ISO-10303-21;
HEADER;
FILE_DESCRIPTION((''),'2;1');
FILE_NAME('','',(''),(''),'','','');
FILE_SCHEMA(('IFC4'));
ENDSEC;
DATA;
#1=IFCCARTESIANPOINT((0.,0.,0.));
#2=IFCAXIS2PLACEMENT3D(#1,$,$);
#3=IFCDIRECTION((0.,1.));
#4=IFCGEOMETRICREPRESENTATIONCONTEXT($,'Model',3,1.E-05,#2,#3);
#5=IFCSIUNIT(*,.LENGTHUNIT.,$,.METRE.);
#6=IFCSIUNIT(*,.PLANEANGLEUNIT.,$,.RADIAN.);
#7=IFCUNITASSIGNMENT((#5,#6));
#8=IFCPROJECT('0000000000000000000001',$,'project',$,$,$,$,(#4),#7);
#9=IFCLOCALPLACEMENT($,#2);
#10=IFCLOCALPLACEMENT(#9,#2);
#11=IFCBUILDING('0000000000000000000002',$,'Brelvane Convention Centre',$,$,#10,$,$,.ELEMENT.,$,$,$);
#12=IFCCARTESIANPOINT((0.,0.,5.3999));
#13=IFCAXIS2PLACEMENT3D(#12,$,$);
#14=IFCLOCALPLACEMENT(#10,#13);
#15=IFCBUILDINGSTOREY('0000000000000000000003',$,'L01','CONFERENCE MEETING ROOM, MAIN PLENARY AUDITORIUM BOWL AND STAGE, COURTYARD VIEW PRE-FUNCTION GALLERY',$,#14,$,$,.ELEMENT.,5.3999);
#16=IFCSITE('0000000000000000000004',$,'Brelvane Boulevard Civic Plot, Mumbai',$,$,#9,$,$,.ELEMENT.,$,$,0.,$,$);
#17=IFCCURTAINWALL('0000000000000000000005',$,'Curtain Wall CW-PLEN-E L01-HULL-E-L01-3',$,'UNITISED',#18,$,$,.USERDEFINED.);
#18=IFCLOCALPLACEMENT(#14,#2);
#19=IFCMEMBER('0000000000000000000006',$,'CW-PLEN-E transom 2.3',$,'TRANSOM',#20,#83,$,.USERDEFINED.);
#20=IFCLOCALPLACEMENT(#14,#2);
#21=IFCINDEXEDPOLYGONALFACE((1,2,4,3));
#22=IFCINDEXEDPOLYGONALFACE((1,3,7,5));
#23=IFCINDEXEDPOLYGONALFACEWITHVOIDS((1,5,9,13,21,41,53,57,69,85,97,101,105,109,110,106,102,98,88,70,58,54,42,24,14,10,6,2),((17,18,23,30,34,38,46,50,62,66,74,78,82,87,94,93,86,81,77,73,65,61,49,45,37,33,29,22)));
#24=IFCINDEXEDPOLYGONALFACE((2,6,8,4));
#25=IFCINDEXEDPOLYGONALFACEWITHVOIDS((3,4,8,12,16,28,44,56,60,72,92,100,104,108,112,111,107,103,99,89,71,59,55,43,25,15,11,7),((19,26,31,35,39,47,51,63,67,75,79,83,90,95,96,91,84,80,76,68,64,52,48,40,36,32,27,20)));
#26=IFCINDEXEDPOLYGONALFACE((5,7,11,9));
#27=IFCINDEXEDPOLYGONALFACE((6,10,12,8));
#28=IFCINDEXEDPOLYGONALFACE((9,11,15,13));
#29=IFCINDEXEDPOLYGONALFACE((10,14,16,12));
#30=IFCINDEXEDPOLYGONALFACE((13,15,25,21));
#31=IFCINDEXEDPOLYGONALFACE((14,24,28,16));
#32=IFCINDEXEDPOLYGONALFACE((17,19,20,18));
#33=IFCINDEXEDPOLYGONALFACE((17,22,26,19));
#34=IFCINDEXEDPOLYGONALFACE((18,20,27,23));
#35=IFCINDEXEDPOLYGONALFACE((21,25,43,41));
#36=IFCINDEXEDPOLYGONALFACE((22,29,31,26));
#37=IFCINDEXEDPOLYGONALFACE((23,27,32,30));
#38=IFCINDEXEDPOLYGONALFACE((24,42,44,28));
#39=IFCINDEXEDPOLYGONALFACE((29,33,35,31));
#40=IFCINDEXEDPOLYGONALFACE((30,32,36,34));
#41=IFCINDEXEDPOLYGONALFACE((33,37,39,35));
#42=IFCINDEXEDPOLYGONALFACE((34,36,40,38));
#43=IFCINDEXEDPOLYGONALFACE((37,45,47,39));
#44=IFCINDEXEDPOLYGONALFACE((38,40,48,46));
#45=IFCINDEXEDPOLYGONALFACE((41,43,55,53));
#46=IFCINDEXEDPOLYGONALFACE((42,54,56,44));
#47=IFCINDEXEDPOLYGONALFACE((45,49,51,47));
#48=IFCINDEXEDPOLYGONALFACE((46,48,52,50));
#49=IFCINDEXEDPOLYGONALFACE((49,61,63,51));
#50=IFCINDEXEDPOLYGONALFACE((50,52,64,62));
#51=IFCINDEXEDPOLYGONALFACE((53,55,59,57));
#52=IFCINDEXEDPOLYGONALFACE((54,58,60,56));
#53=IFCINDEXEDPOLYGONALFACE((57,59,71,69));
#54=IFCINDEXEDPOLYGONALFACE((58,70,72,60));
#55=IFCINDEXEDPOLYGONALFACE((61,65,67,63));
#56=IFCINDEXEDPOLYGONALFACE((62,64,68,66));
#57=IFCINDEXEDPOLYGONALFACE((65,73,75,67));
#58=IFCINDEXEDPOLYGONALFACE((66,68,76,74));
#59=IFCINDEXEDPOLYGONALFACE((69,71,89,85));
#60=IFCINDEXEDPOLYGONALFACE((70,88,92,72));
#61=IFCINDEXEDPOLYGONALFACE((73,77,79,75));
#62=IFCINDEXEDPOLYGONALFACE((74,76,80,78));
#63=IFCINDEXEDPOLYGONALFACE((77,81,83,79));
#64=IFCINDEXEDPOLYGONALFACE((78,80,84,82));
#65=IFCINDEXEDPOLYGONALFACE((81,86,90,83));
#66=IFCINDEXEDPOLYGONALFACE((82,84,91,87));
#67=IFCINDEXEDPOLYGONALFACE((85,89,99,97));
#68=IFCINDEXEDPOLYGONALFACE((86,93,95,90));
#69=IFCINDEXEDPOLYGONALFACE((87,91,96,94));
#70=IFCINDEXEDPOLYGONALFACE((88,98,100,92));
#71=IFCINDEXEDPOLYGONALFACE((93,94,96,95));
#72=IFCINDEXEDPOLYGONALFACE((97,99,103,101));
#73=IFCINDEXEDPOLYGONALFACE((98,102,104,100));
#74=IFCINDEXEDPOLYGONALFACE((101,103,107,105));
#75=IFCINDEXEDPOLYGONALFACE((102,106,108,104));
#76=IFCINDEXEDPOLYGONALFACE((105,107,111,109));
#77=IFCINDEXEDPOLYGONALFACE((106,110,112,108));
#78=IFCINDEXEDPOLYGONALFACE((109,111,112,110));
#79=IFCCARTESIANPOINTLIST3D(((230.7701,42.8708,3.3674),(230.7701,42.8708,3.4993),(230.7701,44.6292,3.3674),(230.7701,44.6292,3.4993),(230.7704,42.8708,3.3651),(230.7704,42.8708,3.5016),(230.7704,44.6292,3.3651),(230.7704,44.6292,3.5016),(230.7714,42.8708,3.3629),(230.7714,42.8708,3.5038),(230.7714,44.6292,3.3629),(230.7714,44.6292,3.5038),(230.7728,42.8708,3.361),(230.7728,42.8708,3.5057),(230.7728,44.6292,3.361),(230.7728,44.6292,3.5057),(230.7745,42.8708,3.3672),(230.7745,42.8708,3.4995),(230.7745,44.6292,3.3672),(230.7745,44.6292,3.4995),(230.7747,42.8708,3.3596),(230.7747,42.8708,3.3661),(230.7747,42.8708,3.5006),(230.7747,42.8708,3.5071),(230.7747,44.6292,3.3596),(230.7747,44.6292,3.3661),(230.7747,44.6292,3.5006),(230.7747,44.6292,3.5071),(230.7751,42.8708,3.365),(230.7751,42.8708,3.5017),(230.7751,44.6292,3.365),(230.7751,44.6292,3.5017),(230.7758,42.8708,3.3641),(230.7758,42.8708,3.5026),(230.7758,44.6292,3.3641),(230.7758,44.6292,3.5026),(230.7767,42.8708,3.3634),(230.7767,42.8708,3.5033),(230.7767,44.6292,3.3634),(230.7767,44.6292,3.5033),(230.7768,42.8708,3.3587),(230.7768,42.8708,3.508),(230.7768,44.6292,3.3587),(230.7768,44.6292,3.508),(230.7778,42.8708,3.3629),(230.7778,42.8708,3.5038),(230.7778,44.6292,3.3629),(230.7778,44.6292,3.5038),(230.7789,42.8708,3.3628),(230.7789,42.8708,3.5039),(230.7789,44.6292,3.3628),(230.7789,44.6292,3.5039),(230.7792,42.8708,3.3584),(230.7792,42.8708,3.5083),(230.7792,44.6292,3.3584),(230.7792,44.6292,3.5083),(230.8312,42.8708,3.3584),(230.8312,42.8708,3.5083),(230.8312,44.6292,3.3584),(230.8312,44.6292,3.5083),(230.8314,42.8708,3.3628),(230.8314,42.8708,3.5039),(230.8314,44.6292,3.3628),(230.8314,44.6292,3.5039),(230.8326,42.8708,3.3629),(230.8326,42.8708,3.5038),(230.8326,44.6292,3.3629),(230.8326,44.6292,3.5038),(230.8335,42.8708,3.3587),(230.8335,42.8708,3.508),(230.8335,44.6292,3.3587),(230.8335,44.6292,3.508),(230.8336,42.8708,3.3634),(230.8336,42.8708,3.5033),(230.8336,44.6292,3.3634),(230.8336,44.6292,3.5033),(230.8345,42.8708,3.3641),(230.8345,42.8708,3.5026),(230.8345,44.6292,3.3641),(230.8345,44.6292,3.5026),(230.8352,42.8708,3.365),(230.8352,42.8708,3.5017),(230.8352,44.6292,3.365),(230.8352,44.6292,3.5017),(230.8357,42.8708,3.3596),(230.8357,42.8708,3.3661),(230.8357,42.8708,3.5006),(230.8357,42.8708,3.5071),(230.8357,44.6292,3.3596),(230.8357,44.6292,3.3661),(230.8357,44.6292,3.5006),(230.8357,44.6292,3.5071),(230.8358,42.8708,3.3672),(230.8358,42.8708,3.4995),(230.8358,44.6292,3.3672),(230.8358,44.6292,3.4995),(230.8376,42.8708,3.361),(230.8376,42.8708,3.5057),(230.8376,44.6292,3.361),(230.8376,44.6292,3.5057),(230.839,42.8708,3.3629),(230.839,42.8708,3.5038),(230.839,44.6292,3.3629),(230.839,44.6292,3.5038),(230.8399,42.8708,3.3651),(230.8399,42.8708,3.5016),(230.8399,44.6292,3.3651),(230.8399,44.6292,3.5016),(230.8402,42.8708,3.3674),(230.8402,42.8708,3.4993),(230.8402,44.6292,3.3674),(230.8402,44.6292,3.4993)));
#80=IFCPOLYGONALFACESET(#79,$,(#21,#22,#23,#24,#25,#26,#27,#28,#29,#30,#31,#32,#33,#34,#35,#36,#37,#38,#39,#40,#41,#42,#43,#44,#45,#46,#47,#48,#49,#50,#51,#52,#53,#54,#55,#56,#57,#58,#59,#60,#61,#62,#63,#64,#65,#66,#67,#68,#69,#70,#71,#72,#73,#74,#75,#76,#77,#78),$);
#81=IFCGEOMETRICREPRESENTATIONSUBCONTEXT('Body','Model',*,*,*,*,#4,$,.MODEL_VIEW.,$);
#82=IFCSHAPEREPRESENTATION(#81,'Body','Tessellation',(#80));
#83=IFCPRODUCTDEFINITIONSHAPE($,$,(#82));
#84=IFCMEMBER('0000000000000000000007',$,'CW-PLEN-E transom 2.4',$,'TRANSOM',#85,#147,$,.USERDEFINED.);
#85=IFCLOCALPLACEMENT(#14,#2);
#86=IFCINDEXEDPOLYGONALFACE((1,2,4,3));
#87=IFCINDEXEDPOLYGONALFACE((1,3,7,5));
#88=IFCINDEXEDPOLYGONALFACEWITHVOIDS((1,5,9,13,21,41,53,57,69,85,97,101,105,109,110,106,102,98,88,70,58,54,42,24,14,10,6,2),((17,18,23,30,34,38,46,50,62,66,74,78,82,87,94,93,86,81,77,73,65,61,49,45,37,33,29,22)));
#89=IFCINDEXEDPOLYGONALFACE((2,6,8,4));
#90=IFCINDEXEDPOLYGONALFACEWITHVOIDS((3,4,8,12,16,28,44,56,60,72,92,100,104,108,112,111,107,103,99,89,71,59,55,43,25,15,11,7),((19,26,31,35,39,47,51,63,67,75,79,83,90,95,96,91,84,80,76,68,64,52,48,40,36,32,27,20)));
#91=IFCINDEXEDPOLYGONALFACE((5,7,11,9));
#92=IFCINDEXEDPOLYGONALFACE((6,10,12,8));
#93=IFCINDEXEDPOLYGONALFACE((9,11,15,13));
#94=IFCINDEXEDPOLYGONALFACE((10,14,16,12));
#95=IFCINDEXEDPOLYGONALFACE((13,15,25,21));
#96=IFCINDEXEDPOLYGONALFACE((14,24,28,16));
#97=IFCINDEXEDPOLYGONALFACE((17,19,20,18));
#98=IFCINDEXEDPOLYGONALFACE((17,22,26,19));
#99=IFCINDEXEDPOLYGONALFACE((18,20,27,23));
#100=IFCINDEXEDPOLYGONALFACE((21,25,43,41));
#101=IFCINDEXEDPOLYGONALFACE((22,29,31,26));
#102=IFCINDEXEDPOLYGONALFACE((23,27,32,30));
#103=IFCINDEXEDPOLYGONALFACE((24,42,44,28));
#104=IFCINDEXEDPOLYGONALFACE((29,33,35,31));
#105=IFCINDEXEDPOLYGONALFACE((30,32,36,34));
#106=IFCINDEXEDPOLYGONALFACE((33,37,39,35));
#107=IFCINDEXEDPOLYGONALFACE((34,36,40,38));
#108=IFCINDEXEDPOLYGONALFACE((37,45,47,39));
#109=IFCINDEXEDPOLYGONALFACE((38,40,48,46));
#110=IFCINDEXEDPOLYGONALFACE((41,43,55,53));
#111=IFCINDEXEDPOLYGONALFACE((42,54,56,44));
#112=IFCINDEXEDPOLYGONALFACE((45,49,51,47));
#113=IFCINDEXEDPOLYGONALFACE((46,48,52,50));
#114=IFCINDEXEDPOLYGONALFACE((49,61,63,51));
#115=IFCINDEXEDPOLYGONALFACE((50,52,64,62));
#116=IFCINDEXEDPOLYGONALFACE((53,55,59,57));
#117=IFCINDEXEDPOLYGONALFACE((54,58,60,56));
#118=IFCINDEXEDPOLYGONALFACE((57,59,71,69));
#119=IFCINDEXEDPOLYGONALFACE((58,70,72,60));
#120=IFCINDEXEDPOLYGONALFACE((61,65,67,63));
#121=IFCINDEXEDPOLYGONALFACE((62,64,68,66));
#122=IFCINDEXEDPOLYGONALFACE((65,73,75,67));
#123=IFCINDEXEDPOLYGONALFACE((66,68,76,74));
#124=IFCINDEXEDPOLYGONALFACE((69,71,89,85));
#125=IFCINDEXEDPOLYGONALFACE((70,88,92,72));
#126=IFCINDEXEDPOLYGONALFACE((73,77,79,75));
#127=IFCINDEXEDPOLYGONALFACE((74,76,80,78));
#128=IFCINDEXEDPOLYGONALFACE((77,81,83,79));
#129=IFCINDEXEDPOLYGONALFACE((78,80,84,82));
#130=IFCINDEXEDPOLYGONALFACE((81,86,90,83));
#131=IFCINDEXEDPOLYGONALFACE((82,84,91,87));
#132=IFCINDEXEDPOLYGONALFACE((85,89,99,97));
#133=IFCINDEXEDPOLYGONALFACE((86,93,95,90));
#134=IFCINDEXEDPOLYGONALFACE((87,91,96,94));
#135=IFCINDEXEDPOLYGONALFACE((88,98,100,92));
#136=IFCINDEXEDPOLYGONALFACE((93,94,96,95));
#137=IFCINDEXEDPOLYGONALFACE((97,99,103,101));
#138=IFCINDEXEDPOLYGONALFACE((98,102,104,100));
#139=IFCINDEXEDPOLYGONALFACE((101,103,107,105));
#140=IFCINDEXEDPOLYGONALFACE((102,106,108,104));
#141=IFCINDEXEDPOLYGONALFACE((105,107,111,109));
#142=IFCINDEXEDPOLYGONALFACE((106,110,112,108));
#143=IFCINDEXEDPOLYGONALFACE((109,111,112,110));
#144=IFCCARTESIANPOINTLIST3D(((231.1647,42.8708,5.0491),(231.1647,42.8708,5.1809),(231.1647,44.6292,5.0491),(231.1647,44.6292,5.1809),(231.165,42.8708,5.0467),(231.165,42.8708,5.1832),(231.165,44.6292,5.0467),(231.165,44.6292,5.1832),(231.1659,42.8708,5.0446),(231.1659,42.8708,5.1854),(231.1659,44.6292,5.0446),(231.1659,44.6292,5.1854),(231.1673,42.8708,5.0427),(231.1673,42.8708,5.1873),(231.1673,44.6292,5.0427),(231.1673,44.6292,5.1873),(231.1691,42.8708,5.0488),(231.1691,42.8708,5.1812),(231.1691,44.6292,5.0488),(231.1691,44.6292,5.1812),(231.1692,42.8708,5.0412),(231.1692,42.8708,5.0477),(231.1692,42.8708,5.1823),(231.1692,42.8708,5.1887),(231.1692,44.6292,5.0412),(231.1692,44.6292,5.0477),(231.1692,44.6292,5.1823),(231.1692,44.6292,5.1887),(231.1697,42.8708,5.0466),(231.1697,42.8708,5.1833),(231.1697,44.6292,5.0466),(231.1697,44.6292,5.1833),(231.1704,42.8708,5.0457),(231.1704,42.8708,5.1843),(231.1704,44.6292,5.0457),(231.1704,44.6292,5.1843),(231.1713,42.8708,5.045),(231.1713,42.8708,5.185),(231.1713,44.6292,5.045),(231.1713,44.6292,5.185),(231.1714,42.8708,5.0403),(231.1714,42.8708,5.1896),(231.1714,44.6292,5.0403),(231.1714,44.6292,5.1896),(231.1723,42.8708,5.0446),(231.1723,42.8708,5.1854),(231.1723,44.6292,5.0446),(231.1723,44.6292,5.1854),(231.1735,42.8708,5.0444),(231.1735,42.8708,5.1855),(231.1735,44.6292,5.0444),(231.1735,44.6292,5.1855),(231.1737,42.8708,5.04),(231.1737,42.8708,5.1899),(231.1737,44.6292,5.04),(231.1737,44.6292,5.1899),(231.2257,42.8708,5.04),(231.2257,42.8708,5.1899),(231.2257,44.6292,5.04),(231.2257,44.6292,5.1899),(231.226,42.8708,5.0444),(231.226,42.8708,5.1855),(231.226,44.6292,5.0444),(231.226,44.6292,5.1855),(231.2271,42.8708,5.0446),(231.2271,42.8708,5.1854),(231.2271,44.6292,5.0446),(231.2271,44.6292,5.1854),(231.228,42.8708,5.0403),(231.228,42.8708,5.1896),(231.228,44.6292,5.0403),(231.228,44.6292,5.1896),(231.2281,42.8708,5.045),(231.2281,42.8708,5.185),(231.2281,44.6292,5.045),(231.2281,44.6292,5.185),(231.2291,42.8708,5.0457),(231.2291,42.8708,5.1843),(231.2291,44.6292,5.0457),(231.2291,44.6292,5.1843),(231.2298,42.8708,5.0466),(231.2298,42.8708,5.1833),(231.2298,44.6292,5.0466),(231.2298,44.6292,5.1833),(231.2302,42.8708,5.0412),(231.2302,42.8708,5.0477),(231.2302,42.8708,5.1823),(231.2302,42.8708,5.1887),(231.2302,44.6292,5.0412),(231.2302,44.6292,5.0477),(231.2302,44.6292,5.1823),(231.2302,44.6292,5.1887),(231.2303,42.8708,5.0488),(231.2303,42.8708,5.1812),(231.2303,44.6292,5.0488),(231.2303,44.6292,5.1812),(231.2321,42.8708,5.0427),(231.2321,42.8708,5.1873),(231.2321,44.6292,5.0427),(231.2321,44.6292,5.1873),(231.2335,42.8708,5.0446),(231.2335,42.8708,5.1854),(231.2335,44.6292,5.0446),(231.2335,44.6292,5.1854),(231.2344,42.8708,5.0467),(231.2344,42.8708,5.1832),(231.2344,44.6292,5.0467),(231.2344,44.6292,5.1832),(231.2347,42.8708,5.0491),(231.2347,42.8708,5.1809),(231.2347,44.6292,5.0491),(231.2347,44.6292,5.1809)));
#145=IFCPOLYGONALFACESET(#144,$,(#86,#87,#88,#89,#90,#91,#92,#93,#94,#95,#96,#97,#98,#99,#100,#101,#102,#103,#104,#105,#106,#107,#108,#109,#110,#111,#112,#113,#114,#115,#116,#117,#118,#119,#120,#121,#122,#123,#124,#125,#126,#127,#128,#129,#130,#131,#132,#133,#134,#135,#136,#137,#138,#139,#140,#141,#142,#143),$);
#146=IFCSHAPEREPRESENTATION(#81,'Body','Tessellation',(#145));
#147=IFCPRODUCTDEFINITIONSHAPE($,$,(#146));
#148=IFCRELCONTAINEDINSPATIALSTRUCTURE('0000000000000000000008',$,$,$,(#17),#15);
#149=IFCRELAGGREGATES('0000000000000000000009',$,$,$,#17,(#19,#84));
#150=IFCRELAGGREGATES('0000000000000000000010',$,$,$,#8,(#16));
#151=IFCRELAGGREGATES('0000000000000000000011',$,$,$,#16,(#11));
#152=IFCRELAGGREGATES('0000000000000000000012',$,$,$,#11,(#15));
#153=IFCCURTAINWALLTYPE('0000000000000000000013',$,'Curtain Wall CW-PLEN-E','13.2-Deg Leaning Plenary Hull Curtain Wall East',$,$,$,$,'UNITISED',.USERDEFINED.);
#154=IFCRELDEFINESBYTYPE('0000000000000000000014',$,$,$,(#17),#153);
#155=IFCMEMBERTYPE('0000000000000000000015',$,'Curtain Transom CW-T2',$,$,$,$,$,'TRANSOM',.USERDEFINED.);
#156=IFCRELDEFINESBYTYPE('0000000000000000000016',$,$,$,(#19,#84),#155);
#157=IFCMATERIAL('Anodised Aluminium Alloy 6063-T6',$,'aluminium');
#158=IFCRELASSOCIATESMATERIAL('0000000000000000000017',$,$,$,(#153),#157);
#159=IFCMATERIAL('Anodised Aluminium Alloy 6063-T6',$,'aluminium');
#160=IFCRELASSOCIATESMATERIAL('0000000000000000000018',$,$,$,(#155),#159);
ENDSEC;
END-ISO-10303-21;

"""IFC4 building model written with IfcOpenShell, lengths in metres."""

from ifc_helpers import new_model, si_unit, direction, frame, origin, origin_2d, place, context, subcontext, project, spatial, hollow_rectangle, extrude, material, material_profile, profile_set, type_object, element, aggregate, save


model = new_model("IFC4")

# Units and contexts
model_context = context("Model", 3, precision=1e-05, world=origin(), true_north=direction((0.0, 1.0)))
body_context = subcontext(model_context, "Body", "Model", "MODEL_VIEW")
ifc_project = project(units=[si_unit("LENGTHUNIT", "METRE"), si_unit("PLANEANGLEUNIT", "RADIAN")], contexts=[model_context])

# Site, building, storey
site_placement = place(None, origin())
site = spatial("IfcSite", under=ifc_project, at=site_placement, Name="Brelvane Boulevard Civic Plot, Mumbai", CompositionType="ELEMENT", RefElevation=0.0)
building_placement = place(site_placement, origin())
building = spatial("IfcBuilding", under=site, at=building_placement, Name="Brelvane Convention Centre", CompositionType="ELEMENT")
storey_placement = place(building_placement, frame((0.0, 0.0, 5.3999)))
storey = spatial("IfcBuildingStorey", under=building, at=storey_placement, Name="L01", Description="CONFERENCE MEETING ROOM, MAIN PLENARY AUDITORIUM BOWL AND STAGE, COURTYARD VIEW PRE-FUNCTION GALLERY", CompositionType="ELEMENT", Elevation=5.3999)

# Curtain wall, members
ifc_material_1 = material(Name="Anodised Aluminium Alloy 6063-T6", Category="aluminium")
curtain_wall_type = type_object("IfcCurtainWallType", Name="Curtain Wall CW-PLEN-E", Description="13.2-Deg Leaning Plenary Hull Curtain Wall East", ElementType="UNITISED", PredefinedType="USERDEFINED", material=ifc_material_1)
curtain_wall_placement = place(storey_placement, origin())
curtain_wall = element("IfcCurtainWall", 1, at=curtain_wall_placement, inside=storey, type_object=curtain_wall_type, Name="Curtain Wall CW-PLEN-E L01-HULL-E-L01-3", ObjectType="UNITISED", PredefinedType="USERDEFINED")
ifc_material_2 = material(Name="Anodised Aluminium Alloy 6063-T6", Category="aluminium")
ifc_material_profile = material_profile(ifc_material_2, hollow_rectangle(XDim=0.0701, YDim=0.1499, WallThickness=0.0044, InnerFilletRadius=0.0044, OuterFilletRadius=0.009, at=origin_2d()), Name="ALU-T 150x70x4.5")
ifc_profile_set = profile_set([ifc_material_profile], Name="Anodised Aluminium Alloy 6063-T6")
member_type = type_object("IfcMemberType", Name="Curtain Transom CW-T2", ElementType="TRANSOM", PredefinedType="USERDEFINED", material=ifc_profile_set)
member_1_placement = place(storey_placement, frame((230.8052, 42.8708, 3.4333), z_axis=(0.0, 1.0, 0.0), x_axis=(-1.0, 0.0, 0.0)))
member_1 = element("IfcMember", 2, at=member_1_placement, type_object=member_type, Name="CW-PLEN-E transom 2.3", ObjectType="TRANSOM", PredefinedType="USERDEFINED", context=body_context, shape_type="SweptSolid", body=[
    extrude(hollow_rectangle(XDim=0.0701, YDim=0.1499, WallThickness=0.0044, InnerFilletRadius=0.0044, OuterFilletRadius=0.009, at=origin_2d()), origin(), (0.0, 0.0, 1.0), 1.7583),
])
member_2_placement = place(storey_placement, frame((231.1997, 42.8708, 5.115), z_axis=(0.0, 1.0, 0.0), x_axis=(-1.0, 0.0, 0.0)))
member_2 = element("IfcMember", 3, at=member_2_placement, type_object=member_type, Name="CW-PLEN-E transom 2.4", ObjectType="TRANSOM", PredefinedType="USERDEFINED", context=body_context, shape_type="SweptSolid", body=[
    extrude(hollow_rectangle(XDim=0.0701, YDim=0.1499, WallThickness=0.0044, InnerFilletRadius=0.0044, OuterFilletRadius=0.009, at=origin_2d()), origin(), (0.0, 0.0, 1.0), 1.7583),
])
aggregate(curtain_wall, [member_1, member_2])

save(model, "model.ifc")
